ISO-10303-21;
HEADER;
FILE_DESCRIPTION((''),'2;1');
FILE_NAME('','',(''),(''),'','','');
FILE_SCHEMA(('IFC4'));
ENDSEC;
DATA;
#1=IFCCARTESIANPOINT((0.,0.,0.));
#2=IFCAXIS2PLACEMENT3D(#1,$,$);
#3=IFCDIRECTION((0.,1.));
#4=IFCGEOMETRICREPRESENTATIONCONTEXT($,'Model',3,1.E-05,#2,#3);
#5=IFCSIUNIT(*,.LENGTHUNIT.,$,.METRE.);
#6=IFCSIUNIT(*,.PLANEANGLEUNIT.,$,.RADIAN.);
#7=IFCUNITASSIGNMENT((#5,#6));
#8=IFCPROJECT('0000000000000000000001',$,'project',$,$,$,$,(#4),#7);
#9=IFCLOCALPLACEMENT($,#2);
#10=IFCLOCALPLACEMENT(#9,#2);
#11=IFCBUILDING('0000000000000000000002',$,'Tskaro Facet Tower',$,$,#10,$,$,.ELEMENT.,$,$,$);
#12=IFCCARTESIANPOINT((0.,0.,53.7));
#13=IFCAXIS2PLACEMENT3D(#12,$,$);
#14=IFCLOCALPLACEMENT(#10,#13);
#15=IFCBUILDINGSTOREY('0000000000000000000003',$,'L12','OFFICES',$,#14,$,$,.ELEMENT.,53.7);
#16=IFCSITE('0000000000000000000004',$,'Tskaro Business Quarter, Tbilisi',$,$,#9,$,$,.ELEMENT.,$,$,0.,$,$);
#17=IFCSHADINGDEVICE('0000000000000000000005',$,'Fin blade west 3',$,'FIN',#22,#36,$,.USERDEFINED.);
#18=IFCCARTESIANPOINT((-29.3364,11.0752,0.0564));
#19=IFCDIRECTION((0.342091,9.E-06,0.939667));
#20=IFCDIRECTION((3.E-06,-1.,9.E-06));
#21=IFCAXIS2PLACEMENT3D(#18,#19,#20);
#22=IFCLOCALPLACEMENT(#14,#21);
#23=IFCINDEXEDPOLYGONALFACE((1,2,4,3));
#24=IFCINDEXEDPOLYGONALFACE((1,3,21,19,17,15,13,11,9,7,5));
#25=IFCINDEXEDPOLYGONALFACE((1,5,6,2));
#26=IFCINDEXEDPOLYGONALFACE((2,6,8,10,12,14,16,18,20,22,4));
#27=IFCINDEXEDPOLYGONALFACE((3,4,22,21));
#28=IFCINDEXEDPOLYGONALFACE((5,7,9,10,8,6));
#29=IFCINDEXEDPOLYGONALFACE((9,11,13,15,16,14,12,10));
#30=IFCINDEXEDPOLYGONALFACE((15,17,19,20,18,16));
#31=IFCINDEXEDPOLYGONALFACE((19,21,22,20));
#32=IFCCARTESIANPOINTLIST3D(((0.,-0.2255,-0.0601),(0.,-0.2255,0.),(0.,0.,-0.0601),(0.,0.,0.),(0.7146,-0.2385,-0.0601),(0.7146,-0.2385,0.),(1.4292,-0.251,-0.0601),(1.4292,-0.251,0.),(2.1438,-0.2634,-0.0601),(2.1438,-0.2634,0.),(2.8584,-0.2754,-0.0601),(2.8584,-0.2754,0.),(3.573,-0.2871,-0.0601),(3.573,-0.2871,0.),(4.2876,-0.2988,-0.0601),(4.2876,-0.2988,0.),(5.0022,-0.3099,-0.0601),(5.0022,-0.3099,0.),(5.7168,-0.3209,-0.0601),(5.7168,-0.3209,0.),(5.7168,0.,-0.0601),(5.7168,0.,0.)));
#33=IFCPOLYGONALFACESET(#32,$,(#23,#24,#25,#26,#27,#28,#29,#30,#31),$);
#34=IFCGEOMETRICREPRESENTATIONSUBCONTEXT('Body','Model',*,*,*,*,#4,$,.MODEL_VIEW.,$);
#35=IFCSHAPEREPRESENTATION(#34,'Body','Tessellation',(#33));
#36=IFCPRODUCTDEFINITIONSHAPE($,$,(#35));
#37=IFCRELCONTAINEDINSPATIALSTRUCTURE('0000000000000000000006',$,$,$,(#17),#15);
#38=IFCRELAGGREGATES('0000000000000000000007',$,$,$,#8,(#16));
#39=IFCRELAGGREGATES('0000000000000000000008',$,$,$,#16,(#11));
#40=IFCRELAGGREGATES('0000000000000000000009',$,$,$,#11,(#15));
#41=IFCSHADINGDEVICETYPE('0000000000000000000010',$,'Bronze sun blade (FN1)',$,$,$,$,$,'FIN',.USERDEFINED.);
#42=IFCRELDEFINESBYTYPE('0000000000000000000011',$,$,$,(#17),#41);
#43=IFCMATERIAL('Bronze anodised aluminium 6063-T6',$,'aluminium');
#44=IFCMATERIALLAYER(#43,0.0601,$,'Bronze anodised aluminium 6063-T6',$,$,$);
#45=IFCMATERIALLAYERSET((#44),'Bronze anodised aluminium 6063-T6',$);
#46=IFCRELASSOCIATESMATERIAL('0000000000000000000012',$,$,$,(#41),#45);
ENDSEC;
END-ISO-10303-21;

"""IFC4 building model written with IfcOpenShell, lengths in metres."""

from ifc_helpers import new_model, si_unit, direction, frame, origin, place, context, subcontext, project, spatial, polyline, outline, extrude, material, layer, layer_set, type_object, element, save


model = new_model("IFC4")

# Units and contexts
model_context = context("Model", 3, precision=1e-05, world=origin(), true_north=direction((0.0, 1.0)))
body_context = subcontext(model_context, "Body", "Model", "MODEL_VIEW")
ifc_project = project(units=[si_unit("LENGTHUNIT", "METRE"), si_unit("PLANEANGLEUNIT", "RADIAN")], contexts=[model_context])

# Site, building, storey
site_placement = place(None, origin())
site = spatial("IfcSite", under=ifc_project, at=site_placement, Name="Tskaro Business Quarter, Tbilisi", CompositionType="ELEMENT", RefElevation=0.0)
building_placement = place(site_placement, origin())
building = spatial("IfcBuilding", under=site, at=building_placement, Name="Tskaro Facet Tower", CompositionType="ELEMENT")
storey_placement = place(building_placement, frame((0.0, 0.0, 53.7)))
storey = spatial("IfcBuildingStorey", under=building, at=storey_placement, Name="L12", Description="OFFICES", CompositionType="ELEMENT", Elevation=53.7)

# Shared definitions
ifc_material_1 = material(Name="Bronze anodised aluminium 6063-T6", Category="aluminium")

# Shading device
ifc_layer_1 = layer(ifc_material_1, 0.0601, Name="Bronze anodised aluminium 6063-T6")
ifc_layer_set_1 = layer_set([ifc_layer_1], Name="Bronze anodised aluminium 6063-T6")
shading_device_type = type_object("IfcShadingDeviceType", Name="Bronze sun blade (FN1)", ElementType="FIN", PredefinedType="USERDEFINED", material=ifc_layer_set_1)
shading_device_1_placement = place(storey_placement, frame((-29.3364, 11.0752, 0.0564), z_axis=(0.342091, 0.000009, 0.939667), x_axis=(0.000003, -1.0, 0.000009)))
element("IfcShadingDevice", 1, at=shading_device_1_placement, inside=storey, type_object=shading_device_type, Name="Fin blade west 3", ObjectType="FIN", PredefinedType="USERDEFINED", context=body_context, shape_type="SweptSolid", body=[
    extrude(outline(polyline([(0.0, 0.0), (5.7168, 0.0), (5.7168, -0.3209), (5.0022, -0.3099), (4.2876, -0.2988), (3.573, -0.2871), (2.8584, -0.2754), (2.1438, -0.2634), (1.4292, -0.251), (0.7146, -0.2385), (0.0, -0.2255), (0.0, 0.0)])), origin(), (0.0, 0.0, -1.0), 0.0601),
])

save(model, "model.ifc")
